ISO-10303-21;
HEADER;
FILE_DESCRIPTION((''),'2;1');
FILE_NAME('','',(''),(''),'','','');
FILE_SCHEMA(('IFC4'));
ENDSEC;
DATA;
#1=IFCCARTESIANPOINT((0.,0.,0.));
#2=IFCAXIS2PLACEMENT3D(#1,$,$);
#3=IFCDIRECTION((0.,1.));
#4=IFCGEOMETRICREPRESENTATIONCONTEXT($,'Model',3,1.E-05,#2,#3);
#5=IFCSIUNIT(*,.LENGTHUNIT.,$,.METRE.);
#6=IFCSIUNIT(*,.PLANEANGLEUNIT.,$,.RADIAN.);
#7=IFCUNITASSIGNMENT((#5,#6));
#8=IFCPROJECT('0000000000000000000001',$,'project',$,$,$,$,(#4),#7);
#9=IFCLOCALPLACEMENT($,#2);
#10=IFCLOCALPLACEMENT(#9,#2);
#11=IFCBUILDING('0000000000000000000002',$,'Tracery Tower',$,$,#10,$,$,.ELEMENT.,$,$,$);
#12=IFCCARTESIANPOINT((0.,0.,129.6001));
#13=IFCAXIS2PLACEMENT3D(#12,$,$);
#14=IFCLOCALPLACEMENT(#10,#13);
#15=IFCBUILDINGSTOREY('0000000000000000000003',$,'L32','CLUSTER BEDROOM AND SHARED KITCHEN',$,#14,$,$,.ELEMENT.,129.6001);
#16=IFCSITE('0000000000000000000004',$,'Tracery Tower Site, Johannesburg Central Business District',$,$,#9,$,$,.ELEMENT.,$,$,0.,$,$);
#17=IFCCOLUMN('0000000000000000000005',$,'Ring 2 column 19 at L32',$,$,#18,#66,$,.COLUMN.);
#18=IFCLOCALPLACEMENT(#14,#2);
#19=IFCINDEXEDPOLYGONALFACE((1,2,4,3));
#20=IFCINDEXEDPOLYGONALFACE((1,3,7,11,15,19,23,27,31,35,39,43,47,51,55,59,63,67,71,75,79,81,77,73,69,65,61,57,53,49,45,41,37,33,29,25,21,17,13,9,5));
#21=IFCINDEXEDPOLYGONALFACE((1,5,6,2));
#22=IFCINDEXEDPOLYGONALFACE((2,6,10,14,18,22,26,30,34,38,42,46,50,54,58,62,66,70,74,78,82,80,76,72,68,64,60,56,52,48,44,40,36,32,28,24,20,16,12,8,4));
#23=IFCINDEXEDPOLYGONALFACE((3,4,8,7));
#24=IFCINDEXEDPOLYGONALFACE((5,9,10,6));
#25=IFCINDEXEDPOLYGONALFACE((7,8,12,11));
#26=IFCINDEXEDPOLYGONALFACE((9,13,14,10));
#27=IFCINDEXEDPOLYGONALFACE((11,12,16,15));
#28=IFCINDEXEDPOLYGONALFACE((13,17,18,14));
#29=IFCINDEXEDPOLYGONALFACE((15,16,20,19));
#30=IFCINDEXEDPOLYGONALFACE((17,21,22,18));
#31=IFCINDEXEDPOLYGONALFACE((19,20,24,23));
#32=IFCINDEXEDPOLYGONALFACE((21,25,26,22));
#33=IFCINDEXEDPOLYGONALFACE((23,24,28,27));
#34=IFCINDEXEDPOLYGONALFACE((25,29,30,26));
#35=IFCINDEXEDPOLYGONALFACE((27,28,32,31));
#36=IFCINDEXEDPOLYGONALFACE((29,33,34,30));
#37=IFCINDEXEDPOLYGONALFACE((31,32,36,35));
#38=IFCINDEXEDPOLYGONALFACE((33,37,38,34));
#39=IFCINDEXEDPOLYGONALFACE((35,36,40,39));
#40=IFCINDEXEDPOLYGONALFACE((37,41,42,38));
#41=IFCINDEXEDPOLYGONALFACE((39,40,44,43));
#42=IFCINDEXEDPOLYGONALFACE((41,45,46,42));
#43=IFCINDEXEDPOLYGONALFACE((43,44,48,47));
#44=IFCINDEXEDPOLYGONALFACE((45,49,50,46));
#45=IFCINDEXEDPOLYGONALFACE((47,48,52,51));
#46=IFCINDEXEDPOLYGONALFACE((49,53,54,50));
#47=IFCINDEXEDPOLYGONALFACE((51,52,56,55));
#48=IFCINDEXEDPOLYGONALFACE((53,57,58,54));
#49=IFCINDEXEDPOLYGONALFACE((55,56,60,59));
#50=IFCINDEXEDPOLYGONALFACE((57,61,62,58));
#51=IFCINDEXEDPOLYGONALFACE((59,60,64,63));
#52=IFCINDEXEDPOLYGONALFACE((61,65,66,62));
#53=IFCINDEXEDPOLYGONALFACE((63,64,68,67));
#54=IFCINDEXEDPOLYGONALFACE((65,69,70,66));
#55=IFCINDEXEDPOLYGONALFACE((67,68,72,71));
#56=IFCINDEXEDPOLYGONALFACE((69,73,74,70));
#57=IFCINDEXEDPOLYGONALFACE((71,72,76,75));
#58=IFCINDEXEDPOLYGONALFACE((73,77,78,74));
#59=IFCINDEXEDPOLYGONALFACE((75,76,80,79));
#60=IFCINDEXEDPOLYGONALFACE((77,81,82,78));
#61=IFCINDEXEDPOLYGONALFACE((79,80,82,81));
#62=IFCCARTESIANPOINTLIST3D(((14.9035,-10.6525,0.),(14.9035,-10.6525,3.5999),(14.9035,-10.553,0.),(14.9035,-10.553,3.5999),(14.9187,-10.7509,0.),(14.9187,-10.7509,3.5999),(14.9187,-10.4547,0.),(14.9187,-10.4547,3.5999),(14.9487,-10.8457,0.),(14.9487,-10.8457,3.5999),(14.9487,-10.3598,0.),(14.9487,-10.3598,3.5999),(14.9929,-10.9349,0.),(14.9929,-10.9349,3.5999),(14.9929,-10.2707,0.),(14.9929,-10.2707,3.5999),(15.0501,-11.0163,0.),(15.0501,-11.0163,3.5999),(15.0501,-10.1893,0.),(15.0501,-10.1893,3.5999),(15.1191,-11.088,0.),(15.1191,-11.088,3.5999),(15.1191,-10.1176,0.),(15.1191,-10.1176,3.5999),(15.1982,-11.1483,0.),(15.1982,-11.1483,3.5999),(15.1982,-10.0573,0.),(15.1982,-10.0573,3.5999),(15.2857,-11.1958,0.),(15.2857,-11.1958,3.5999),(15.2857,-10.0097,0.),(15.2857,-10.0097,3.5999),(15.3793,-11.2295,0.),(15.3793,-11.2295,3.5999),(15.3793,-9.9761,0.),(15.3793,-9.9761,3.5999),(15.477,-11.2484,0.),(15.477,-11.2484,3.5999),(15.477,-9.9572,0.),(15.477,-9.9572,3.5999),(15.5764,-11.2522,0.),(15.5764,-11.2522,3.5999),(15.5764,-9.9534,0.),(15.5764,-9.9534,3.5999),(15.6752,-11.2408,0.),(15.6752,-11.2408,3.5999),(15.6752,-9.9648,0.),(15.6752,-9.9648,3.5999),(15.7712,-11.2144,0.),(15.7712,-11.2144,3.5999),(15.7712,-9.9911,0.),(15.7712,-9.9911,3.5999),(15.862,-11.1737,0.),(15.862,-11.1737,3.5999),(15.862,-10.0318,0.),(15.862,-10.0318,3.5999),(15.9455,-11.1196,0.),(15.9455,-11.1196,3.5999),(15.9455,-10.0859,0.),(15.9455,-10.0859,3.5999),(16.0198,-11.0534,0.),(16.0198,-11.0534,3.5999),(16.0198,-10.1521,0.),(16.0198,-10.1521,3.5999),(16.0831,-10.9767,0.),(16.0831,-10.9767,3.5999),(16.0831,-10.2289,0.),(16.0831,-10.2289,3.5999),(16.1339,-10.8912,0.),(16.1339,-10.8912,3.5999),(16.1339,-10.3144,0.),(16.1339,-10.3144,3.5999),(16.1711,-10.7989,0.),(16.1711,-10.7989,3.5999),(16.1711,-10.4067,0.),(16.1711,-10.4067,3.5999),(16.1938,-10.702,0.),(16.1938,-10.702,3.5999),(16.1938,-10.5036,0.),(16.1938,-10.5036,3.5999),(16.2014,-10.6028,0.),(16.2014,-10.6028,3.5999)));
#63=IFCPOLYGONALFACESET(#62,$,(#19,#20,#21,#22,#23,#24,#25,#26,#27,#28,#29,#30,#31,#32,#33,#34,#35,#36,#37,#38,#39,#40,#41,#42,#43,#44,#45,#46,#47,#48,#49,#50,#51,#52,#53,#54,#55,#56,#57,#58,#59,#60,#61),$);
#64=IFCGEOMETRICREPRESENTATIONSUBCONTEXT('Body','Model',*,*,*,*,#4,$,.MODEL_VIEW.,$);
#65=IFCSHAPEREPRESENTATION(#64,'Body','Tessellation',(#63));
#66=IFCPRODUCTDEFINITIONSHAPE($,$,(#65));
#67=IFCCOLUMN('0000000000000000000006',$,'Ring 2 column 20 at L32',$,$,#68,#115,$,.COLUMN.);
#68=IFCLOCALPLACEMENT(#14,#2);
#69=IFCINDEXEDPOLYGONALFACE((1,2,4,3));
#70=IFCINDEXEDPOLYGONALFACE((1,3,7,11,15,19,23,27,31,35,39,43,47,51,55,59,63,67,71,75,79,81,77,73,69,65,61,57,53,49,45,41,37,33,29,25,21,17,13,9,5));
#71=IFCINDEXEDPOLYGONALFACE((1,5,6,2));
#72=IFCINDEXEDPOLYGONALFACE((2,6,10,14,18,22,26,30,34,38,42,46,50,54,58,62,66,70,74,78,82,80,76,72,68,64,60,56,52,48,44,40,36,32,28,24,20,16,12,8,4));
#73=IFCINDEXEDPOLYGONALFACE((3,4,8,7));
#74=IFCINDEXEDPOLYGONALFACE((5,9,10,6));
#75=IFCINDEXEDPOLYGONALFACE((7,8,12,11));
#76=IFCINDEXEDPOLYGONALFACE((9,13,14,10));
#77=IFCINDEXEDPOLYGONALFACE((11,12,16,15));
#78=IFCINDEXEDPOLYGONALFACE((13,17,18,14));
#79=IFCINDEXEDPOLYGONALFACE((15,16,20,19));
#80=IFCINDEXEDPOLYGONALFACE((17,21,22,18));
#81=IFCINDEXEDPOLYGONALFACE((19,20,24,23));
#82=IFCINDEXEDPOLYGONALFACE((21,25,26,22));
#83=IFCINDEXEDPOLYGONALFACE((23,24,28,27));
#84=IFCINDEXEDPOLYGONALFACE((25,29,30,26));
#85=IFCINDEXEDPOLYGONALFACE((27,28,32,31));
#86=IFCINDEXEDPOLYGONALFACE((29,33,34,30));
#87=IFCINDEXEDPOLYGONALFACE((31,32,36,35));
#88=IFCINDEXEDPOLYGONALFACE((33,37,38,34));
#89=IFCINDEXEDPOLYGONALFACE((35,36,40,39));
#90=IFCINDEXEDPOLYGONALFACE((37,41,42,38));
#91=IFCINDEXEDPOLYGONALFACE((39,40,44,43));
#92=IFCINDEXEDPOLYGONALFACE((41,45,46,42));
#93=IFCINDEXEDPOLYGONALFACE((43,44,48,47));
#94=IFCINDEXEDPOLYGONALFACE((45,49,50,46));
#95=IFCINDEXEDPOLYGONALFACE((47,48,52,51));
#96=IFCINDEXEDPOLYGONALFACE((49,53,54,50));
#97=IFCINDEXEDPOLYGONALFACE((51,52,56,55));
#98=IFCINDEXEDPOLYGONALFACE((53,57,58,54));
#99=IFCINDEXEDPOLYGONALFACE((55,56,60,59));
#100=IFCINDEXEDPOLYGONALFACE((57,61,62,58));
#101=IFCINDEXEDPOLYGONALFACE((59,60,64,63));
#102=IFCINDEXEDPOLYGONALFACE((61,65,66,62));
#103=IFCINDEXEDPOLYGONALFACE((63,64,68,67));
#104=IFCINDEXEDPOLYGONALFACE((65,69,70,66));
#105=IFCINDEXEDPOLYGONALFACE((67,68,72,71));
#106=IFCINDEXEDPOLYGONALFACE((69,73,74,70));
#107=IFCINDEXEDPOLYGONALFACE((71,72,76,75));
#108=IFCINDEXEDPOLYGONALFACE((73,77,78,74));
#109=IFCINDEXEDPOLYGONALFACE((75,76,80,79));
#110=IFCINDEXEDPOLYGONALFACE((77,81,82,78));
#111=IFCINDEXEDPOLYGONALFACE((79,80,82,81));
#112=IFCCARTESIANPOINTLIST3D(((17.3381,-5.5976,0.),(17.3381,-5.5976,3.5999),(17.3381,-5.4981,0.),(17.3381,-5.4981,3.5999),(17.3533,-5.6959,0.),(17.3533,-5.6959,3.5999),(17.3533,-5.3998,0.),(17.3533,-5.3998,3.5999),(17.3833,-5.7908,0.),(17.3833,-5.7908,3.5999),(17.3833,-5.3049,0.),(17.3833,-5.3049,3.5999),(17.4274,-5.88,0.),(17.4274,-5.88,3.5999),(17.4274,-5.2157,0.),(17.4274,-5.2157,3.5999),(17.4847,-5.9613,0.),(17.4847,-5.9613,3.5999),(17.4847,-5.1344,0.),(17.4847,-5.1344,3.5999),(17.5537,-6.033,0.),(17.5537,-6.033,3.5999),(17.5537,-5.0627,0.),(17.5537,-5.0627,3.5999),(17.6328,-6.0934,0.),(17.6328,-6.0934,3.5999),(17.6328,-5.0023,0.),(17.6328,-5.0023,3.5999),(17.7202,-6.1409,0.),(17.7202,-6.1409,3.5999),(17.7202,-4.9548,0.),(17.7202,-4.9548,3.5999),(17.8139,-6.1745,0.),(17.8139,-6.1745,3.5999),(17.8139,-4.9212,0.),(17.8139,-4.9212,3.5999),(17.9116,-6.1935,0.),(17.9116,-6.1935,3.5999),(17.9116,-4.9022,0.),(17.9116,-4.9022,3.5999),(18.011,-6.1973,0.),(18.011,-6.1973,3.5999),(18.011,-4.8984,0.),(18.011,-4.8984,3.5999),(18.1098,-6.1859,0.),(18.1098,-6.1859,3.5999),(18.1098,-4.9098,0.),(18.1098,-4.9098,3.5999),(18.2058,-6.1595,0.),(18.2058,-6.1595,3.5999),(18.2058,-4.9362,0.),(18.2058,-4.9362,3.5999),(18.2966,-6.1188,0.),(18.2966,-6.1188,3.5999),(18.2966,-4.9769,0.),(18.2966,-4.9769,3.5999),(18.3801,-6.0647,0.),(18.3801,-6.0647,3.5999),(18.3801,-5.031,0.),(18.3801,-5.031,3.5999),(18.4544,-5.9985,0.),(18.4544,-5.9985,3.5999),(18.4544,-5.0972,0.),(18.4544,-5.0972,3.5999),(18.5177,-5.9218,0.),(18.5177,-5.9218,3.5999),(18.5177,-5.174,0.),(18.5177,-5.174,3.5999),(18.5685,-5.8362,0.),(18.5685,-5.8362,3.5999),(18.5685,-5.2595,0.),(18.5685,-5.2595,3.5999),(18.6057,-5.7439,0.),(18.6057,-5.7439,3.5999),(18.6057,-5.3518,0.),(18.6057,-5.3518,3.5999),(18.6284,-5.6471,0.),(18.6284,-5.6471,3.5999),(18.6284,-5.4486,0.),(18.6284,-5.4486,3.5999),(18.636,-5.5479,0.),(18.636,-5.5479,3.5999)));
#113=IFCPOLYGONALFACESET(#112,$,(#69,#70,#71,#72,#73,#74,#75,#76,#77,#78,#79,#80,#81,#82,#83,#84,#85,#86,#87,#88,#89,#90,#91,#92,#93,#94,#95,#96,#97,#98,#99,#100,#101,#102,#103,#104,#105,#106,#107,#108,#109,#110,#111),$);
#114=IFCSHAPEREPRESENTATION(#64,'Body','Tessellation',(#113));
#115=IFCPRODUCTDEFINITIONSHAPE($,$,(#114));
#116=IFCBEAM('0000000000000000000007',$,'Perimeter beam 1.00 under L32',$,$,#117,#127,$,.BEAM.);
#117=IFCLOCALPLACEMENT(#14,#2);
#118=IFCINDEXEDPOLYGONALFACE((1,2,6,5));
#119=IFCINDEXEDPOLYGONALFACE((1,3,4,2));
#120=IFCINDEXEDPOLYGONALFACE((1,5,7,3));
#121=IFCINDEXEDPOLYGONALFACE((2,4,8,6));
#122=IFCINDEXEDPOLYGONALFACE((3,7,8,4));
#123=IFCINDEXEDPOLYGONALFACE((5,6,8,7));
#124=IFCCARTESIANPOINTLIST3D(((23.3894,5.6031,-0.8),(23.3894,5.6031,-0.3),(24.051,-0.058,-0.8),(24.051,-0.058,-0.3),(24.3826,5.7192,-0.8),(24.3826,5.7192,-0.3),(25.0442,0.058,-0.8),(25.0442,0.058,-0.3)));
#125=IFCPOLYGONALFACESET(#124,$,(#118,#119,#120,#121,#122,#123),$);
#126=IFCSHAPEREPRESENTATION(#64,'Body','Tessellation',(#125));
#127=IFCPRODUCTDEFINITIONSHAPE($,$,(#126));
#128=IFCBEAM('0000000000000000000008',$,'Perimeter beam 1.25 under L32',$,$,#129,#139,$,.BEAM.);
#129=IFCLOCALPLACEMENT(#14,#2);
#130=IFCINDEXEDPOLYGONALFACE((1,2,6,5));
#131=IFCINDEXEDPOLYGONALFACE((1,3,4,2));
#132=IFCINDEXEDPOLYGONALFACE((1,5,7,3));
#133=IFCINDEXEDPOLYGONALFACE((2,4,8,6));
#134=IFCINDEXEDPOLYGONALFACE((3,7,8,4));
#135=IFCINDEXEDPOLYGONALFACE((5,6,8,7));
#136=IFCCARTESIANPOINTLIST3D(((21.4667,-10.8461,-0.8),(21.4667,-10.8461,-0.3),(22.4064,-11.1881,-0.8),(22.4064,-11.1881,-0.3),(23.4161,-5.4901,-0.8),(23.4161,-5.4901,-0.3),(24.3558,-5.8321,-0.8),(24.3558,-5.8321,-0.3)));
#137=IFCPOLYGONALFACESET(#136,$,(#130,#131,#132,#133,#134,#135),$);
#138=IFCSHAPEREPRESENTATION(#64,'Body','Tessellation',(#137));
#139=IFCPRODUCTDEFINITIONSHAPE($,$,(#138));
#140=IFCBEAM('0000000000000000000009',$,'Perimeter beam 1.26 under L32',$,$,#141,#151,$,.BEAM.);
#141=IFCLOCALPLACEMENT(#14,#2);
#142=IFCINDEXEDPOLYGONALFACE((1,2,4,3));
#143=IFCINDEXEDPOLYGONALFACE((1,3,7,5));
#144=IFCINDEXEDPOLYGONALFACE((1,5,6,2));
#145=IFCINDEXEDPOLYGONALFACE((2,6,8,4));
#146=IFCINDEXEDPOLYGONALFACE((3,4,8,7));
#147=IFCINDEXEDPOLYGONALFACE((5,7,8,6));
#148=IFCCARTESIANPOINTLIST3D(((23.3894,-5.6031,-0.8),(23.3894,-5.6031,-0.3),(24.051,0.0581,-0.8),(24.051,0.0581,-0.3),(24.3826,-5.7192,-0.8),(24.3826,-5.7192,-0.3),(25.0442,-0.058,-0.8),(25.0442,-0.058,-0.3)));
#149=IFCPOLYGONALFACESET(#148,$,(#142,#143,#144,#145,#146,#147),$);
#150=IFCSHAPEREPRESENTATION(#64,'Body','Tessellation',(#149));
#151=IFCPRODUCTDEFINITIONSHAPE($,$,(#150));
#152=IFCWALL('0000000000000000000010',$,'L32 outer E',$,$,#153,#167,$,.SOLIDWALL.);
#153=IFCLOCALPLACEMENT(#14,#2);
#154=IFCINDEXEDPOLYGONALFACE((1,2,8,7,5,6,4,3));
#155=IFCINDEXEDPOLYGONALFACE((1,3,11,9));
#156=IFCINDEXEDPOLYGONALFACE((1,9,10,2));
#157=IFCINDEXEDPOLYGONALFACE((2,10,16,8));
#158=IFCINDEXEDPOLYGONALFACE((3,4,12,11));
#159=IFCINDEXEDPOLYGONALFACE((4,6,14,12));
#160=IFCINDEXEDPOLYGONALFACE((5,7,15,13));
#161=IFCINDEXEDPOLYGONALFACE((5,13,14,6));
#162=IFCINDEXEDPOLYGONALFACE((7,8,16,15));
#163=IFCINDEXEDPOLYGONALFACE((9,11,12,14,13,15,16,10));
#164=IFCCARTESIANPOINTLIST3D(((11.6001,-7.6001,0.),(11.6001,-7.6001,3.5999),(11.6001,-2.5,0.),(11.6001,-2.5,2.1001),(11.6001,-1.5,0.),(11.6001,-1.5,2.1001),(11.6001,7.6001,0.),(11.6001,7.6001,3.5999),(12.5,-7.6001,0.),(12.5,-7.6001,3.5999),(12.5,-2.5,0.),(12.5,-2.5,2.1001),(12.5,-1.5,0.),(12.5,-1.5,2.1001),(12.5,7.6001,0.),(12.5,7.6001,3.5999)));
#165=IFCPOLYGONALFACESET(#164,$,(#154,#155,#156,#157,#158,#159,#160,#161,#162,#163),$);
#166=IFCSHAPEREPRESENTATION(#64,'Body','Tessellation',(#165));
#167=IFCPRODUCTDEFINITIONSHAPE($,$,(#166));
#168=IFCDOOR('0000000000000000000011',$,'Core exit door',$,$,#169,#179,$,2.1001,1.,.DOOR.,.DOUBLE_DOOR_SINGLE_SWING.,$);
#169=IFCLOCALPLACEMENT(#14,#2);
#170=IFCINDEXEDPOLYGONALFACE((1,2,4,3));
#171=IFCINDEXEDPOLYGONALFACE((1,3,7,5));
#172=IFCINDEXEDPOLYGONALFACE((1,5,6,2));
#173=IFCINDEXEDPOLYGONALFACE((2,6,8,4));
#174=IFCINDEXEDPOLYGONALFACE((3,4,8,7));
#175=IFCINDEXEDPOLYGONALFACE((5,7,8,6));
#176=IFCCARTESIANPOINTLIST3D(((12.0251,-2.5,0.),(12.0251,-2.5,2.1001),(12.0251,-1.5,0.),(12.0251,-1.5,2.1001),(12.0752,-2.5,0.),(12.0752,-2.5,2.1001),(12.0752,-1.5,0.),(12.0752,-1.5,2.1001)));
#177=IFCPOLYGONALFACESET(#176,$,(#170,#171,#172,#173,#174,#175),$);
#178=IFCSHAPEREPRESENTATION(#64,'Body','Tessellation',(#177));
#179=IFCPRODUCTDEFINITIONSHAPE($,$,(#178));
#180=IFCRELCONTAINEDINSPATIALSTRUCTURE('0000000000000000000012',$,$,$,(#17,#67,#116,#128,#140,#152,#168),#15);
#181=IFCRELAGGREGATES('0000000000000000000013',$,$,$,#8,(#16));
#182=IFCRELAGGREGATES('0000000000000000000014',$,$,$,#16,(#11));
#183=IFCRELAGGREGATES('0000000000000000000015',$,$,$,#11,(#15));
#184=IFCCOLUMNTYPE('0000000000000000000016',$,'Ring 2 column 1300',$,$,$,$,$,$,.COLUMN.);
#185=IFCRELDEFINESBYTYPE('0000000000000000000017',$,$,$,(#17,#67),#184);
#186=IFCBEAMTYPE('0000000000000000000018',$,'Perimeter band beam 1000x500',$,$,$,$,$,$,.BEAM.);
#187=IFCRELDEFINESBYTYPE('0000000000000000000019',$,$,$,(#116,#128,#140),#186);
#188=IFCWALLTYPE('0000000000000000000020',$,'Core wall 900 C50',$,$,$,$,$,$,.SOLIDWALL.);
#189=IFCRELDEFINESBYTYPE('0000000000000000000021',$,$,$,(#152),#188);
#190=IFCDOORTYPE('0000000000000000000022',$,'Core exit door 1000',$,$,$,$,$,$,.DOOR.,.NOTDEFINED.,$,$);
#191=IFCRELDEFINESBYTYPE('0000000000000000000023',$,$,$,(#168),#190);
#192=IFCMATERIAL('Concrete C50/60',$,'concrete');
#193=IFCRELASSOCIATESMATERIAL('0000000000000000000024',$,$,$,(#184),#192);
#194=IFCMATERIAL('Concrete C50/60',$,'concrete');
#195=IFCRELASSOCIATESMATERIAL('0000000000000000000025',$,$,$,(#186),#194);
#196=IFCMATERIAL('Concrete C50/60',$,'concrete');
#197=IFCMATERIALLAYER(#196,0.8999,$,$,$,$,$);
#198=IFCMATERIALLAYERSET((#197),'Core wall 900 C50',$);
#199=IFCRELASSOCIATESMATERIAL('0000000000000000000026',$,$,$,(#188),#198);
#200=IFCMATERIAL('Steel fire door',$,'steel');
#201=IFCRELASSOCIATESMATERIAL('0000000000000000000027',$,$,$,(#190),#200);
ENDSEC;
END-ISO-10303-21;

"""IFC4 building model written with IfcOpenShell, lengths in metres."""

from ifc_helpers import new_model, si_unit, direction, frame, frame_2d, origin, origin_2d, place, context, subcontext, project, spatial, rectangle, circle, extrude, material, layer, layer_set, material_profile, profile_set, type_object, element, fill, save


model = new_model("IFC4")

# Units and contexts
model_context = context("Model", 3, precision=1e-05, world=origin(), true_north=direction((0.0, 1.0)))
body_context = subcontext(model_context, "Body", "Model", "MODEL_VIEW")
ifc_project = project(units=[si_unit("LENGTHUNIT", "METRE"), si_unit("PLANEANGLEUNIT", "RADIAN")], contexts=[model_context])

# Site, building, storey
site_placement = place(None, origin())
site = spatial("IfcSite", under=ifc_project, at=site_placement, Name="Tracery Tower Site, Johannesburg Central Business District", CompositionType="ELEMENT", RefElevation=0.0)
building_placement = place(site_placement, origin())
building = spatial("IfcBuilding", under=site, at=building_placement, Name="Tracery Tower", CompositionType="ELEMENT")
storey_placement = place(building_placement, frame((0.0, 0.0, 129.6001)))
storey = spatial("IfcBuildingStorey", under=building, at=storey_placement, Name="L32", Description="CLUSTER BEDROOM AND SHARED KITCHEN", CompositionType="ELEMENT", Elevation=129.6001)

# Columns
ifc_material_1 = material(Name="Concrete C50/60", Category="concrete")
ifc_material_profile_1 = material_profile(ifc_material_1, circle(Radius=0.6499, at=origin_2d()), Name="RC D1300")
ifc_profile_set_1 = profile_set([ifc_material_profile_1], Name="Concrete C50/60")
column_type_1 = type_object("IfcColumnType", Name="Ring 2 column 1300", PredefinedType="COLUMN", material=ifc_profile_set_1)
for number, where, z_axis, x_axis, name in (
    (1, (15.5515, -10.6028, 0.0), (0.0, 0.0, 1.0), (1.0, 0.0, 0.0), "Ring 2 column 19 at L32"),
    (2, (17.9861, -5.5479, 0.0), (0.0, 0.0, 1.0), (1.0, 0.0, 0.0), "Ring 2 column 20 at L32"),
):
    element("IfcColumn", number, at=place(storey_placement, frame(where, z_axis=z_axis, x_axis=x_axis)), inside=storey, type_object=column_type_1, Name=name, PredefinedType="COLUMN", context=body_context, shape_type="SweptSolid", body=[
        extrude(circle(Radius=0.6499, at=origin_2d()), origin(), (0.0, 0.0, 1.0), 3.5999),
    ])

# Beams
ifc_material_2 = material(Name="Concrete C50/60", Category="concrete")
ifc_material_profile_2 = material_profile(ifc_material_2, rectangle(XDim=1.0, YDim=0.5, at=origin_2d()), Name="RC 1000x500")
ifc_profile_set_2 = profile_set([ifc_material_profile_2], Name="Concrete C50/60")
beam_type = type_object("IfcBeamType", Name="Perimeter band beam 1000x500", PredefinedType="BEAM", material=ifc_profile_set_2)
for number, where, z_axis, x_axis, name in (
    (3, (24.5476, 0.0, -0.55), (-0.116081, 0.99324, 0.0), (-0.99324, -0.116081, 0.0), "Perimeter beam 1.00 under L32"),
    (4, (21.9365, -11.0171, -0.55), (0.342029, 0.93969, 0.0), (-0.93969, 0.342029, 0.0), "Perimeter beam 1.25 under L32"),
    (5, (23.886, -5.6611, -0.55), (0.116081, 0.99324, 0.0), (-0.99324, 0.116081, 0.0), "Perimeter beam 1.26 under L32"),
):
    element("IfcBeam", number, at=place(storey_placement, frame(where, z_axis=z_axis, x_axis=x_axis)), inside=storey, type_object=beam_type, Name=name, PredefinedType="BEAM", context=body_context, shape_type="SweptSolid", body=[
        extrude(rectangle(XDim=1.0, YDim=0.5, at=origin_2d()), origin(), (0.0, 0.0, 1.0), 5.6997),
    ])

# Wall, opening, door
ifc_material_3 = material(Name="Concrete C50/60", Category="concrete")
ifc_layer_1 = layer(ifc_material_3, 0.8999)
ifc_layer_set_1 = layer_set([ifc_layer_1], Name="Core wall 900 C50")
wall_type_1 = type_object("IfcWallType", Name="Core wall 900 C50", PredefinedType="SOLIDWALL", material=ifc_layer_set_1)
wall_1_placement = place(storey_placement, frame((12.05, -7.6001, 0.0), z_axis=(0.0, 0.0, 1.0), x_axis=(0.0, 1.0, 0.0)))
wall_1 = element("IfcWall", 6, at=wall_1_placement, inside=storey, type_object=wall_type_1, Name="L32 outer E", PredefinedType="SOLIDWALL", context=body_context, shape_type="SweptSolid", body=[
    extrude(rectangle(XDim=15.2002, YDim=0.8999, at=frame_2d((7.6001, 0.0))), origin(), (0.0, 0.0, 1.0), 3.5999),
])
opening_1_placement = place(wall_1_placement, frame((5.1001, 0.0, 0.0)))
opening_1 = element("IfcOpeningElement", 7, at=opening_1_placement, cuts=wall_1, PredefinedType="OPENING", context=body_context, shape_type="SweptSolid", body=[
    extrude(rectangle(XDim=1.0, YDim=2.1001, at=frame_2d((0.5, 1.05))), frame((0.0, 0.45, 0.0), z_axis=(0.0, -1.0, 0.0), x_axis=(1.0, 0.0, 0.0)), (0.0, 0.0, 1.0), 0.8999),
])
ifc_material_4 = material(Name="Steel fire door", Category="steel")
door_type_1 = type_object("IfcDoorType", Name="Core exit door 1000", OperationType="NOTDEFINED", PredefinedType="DOOR", material=ifc_material_4)
door_1_placement = place(opening_1_placement, origin())
door_1 = element("IfcDoor", 8, at=door_1_placement, inside=storey, type_object=door_type_1, Name="Core exit door", OperationType="DOUBLE_DOOR_SINGLE_SWING", OverallHeight=2.1001, OverallWidth=1.0, PredefinedType="DOOR", context=body_context, shape_type="SweptSolid", body=[
    extrude(rectangle(XDim=1.0, YDim=2.1001, at=frame_2d((0.5, 1.05))), frame((0.0, 0.0249, 0.0), z_axis=(0.0, -1.0, 0.0), x_axis=(1.0, 0.0, 0.0)), (0.0, 0.0, 1.0), 0.05),
])
fill(opening_1, door_1)

save(model, "model.ifc")
